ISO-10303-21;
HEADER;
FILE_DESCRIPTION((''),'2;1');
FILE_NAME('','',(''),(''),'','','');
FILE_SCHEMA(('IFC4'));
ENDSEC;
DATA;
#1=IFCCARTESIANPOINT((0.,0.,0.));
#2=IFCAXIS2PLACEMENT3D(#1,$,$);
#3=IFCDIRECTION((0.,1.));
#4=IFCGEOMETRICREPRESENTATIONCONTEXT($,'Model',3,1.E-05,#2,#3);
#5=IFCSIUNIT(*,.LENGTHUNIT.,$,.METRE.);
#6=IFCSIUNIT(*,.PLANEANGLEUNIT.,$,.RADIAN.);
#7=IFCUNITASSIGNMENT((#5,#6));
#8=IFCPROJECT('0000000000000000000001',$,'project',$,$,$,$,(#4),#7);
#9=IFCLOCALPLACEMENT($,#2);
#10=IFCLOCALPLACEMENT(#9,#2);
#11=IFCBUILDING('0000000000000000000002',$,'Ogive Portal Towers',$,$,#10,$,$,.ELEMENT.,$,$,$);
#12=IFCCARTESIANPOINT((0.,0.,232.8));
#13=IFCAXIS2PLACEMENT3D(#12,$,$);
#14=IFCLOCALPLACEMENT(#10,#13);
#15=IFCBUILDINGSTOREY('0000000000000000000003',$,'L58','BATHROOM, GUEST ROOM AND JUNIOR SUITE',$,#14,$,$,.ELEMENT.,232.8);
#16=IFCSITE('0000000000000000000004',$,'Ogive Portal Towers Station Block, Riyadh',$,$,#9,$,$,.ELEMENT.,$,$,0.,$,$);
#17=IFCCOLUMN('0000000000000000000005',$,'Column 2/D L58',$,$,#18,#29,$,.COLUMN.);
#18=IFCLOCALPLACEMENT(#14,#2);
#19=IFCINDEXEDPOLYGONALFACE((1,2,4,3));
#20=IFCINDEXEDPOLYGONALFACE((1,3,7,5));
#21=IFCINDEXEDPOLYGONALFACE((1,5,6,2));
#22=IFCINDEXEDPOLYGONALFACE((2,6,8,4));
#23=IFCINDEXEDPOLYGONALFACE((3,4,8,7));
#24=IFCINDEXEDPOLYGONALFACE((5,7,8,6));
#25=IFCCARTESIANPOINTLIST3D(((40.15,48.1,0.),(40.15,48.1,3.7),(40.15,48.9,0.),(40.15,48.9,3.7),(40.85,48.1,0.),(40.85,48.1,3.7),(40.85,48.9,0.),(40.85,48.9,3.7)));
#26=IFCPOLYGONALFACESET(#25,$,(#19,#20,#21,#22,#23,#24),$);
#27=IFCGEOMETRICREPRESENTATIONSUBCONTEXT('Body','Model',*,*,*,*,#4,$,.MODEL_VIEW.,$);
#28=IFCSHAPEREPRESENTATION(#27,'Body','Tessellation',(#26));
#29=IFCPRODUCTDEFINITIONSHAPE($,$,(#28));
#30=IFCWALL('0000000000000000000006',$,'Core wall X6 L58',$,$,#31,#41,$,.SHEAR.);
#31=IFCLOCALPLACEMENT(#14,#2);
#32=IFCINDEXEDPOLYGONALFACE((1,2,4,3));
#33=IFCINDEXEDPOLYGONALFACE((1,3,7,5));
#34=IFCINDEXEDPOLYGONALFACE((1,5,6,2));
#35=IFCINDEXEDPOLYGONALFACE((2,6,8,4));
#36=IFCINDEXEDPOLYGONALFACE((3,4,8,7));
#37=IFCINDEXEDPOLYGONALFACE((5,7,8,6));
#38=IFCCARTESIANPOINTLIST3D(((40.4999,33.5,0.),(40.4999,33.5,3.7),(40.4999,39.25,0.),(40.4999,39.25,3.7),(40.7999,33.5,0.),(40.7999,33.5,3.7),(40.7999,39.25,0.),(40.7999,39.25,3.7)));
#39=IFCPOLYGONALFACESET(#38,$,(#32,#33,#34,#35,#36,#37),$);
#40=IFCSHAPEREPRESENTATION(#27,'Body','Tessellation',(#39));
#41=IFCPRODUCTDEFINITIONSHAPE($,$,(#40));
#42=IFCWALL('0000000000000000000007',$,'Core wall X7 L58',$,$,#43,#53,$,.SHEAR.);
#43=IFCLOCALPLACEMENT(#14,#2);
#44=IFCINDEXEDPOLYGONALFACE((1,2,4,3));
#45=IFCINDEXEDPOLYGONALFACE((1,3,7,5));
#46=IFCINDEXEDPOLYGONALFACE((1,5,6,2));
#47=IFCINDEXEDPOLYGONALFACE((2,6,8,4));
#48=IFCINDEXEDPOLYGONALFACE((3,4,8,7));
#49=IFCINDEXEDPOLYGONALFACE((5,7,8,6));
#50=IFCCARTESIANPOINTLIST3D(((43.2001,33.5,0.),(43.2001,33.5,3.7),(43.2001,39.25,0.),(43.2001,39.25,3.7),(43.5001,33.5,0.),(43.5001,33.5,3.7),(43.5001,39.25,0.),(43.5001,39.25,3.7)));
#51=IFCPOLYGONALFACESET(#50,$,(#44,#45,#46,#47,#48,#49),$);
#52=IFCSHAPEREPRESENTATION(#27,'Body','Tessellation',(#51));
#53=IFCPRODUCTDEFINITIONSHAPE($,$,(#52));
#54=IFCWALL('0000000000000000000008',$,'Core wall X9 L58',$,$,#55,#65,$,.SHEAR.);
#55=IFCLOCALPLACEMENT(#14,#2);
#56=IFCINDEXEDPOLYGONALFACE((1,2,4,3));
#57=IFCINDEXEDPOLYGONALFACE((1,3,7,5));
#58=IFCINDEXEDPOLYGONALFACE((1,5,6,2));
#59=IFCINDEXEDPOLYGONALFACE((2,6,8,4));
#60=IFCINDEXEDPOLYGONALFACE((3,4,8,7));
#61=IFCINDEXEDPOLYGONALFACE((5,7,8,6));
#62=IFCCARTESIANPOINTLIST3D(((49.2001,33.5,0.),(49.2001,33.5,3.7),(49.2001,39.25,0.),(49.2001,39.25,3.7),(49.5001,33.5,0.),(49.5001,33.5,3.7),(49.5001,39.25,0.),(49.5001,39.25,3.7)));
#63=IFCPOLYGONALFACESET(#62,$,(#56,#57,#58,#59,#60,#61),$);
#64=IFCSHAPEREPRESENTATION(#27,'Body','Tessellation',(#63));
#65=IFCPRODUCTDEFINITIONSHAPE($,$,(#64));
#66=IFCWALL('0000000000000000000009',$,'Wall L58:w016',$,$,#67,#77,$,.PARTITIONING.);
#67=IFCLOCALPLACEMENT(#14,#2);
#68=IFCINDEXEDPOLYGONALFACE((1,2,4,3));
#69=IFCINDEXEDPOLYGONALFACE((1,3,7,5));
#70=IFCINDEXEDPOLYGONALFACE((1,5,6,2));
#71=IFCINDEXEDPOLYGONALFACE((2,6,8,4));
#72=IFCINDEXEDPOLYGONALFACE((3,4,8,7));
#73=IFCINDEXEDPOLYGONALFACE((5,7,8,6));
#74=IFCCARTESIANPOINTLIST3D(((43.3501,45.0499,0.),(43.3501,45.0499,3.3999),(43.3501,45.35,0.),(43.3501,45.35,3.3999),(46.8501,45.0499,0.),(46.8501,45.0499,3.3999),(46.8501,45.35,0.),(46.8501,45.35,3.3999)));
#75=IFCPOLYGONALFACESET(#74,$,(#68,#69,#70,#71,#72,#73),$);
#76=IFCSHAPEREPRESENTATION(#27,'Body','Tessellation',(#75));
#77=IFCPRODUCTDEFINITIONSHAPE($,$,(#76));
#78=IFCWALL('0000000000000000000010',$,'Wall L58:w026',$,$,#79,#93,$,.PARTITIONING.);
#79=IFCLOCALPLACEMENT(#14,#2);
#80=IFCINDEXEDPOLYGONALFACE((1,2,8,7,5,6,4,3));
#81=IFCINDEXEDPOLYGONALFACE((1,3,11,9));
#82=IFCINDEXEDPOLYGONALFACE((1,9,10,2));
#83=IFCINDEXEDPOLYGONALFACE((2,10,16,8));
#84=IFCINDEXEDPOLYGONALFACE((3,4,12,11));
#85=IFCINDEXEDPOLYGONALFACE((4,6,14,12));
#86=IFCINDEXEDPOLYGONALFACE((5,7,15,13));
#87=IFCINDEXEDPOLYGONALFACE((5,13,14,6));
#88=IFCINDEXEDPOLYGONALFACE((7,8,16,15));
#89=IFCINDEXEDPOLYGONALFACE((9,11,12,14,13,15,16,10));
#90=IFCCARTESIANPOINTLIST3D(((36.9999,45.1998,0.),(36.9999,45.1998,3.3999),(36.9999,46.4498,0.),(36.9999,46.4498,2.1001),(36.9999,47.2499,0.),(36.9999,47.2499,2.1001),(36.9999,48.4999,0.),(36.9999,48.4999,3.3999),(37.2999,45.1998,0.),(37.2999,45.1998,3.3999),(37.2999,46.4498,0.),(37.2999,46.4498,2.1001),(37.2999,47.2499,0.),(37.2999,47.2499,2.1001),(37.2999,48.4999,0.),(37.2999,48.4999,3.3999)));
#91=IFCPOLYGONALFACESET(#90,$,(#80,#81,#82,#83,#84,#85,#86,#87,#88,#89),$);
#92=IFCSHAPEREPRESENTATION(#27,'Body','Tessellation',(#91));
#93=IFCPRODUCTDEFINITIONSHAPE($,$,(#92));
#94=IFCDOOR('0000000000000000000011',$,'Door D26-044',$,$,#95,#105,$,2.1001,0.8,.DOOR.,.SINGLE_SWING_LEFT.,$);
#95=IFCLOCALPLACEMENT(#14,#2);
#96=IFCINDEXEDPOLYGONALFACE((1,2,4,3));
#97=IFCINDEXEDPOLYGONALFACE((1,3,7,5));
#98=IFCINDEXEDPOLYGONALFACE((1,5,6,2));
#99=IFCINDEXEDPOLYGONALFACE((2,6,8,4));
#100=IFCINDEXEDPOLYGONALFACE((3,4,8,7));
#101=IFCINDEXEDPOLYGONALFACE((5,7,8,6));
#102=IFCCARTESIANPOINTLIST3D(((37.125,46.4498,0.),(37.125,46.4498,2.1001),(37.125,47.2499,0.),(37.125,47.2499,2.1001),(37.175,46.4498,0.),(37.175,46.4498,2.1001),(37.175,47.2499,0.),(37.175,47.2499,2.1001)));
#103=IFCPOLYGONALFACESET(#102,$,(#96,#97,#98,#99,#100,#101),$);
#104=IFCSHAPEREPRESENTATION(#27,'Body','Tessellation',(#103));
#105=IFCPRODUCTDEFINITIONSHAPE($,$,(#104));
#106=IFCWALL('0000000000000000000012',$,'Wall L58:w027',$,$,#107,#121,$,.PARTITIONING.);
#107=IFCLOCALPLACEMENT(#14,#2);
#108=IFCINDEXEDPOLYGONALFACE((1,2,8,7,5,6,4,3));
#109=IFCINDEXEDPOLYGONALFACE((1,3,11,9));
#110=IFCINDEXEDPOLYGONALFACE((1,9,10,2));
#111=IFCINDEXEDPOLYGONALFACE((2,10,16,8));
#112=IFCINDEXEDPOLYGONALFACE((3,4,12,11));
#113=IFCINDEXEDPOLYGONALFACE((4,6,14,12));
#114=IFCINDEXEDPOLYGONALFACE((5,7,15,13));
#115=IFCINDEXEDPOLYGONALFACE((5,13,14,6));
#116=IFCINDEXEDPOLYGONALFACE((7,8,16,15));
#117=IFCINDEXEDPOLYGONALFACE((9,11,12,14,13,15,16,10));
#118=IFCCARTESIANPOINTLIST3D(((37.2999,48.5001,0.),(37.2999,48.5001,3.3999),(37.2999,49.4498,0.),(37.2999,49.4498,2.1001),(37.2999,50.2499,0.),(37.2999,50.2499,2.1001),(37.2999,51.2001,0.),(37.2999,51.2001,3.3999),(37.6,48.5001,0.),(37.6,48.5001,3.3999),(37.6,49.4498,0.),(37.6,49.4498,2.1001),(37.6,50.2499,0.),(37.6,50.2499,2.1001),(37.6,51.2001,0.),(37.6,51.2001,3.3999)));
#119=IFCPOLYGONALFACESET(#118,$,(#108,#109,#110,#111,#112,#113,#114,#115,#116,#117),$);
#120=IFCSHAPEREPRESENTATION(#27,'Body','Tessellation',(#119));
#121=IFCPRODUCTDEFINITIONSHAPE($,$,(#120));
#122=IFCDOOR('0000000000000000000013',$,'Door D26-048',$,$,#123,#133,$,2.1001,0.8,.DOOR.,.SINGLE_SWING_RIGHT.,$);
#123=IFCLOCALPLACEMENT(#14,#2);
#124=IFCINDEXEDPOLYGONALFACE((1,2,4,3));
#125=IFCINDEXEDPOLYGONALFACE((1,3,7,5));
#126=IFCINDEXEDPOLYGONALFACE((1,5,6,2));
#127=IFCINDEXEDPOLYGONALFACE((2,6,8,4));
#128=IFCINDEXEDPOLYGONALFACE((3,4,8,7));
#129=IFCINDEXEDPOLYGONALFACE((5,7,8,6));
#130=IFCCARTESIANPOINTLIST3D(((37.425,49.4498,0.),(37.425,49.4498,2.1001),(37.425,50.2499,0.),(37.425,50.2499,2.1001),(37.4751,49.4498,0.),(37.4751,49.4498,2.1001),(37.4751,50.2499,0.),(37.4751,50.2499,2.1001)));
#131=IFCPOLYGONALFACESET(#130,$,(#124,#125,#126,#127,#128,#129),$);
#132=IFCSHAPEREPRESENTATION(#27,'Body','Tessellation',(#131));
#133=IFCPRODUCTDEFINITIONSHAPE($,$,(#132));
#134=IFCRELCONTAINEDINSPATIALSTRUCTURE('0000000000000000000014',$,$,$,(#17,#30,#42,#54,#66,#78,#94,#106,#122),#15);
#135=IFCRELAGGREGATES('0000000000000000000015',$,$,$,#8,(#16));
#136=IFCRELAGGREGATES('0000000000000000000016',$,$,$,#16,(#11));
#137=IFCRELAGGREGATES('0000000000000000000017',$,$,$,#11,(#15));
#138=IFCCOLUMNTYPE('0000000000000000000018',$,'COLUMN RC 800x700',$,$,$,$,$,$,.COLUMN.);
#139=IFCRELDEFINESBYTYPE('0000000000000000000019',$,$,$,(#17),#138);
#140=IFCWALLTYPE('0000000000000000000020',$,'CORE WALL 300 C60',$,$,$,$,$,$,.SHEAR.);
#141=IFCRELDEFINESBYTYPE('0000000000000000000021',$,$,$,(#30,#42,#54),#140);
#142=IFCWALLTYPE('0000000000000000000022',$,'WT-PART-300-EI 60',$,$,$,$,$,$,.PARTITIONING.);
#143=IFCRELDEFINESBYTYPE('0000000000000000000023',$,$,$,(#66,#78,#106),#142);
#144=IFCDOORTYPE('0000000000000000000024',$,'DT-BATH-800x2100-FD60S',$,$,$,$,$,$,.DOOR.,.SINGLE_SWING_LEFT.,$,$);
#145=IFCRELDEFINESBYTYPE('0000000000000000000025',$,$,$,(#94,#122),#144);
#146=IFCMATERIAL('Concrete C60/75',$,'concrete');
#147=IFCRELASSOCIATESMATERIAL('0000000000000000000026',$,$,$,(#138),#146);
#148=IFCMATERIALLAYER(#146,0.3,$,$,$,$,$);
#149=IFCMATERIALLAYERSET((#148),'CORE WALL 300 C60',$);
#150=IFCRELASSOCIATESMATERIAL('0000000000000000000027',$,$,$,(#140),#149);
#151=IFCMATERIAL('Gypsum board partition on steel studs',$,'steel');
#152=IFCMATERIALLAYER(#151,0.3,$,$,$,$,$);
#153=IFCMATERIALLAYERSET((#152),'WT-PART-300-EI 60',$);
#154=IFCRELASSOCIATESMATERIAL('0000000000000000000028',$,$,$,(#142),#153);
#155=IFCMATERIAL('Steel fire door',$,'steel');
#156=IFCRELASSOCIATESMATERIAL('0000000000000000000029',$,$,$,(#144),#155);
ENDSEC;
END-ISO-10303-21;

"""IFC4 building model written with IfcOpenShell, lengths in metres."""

from ifc_helpers import new_model, si_unit, direction, frame, frame_2d, origin, origin_2d, place, context, subcontext, project, spatial, rectangle, extrude, material, layer, layer_set, material_profile, profile_set, type_object, element, fill, save


model = new_model("IFC4")

# Units and contexts
model_context = context("Model", 3, precision=1e-05, world=origin(), true_north=direction((0.0, 1.0)))
body_context = subcontext(model_context, "Body", "Model", "MODEL_VIEW")
ifc_project = project(units=[si_unit("LENGTHUNIT", "METRE"), si_unit("PLANEANGLEUNIT", "RADIAN")], contexts=[model_context])

# Site, building, storey
site_placement = place(None, origin())
site = spatial("IfcSite", under=ifc_project, at=site_placement, Name="Ogive Portal Towers Station Block, Riyadh", CompositionType="ELEMENT", RefElevation=0.0)
building_placement = place(site_placement, origin())
building = spatial("IfcBuilding", under=site, at=building_placement, Name="Ogive Portal Towers", CompositionType="ELEMENT")
storey_placement = place(building_placement, frame((0.0, 0.0, 232.8)))
storey = spatial("IfcBuildingStorey", under=building, at=storey_placement, Name="L58", Description="BATHROOM, GUEST ROOM AND JUNIOR SUITE", CompositionType="ELEMENT", Elevation=232.8)

# Column
ifc_material_1 = material(Name="Concrete C60/75", Category="concrete")
ifc_material_profile = material_profile(ifc_material_1, rectangle(XDim=0.8, YDim=0.7, at=origin_2d()), Name="RC 800x700")
ifc_profile_set = profile_set([ifc_material_profile], Name="Concrete C60/75")
column_type = type_object("IfcColumnType", Name="COLUMN RC 800x700", PredefinedType="COLUMN", material=ifc_profile_set)
column_placement = place(storey_placement, frame((40.5, 48.5, 0.0), z_axis=(0.0, 0.0, 1.0), x_axis=(0.0, 1.0, 0.0)))
element("IfcColumn", 1, at=column_placement, inside=storey, type_object=column_type, Name="Column 2/D L58", PredefinedType="COLUMN", context=body_context, shape_type="SweptSolid", body=[
    extrude(rectangle(XDim=0.8, YDim=0.7, at=origin_2d()), origin(), (0.0, 0.0, 1.0), 3.7),
])

# Shared definitions
ifc_layer_1 = layer(ifc_material_1, 0.3)
ifc_layer_set_1 = layer_set([ifc_layer_1], Name="CORE WALL 300 C60")
wall_type_1 = type_object("IfcWallType", Name="CORE WALL 300 C60", PredefinedType="SHEAR", material=ifc_layer_set_1)
ifc_material_2 = material(Name="Steel fire door", Category="steel")

# Walls
for number, where, z_axis, x_axis, name in (
    (2, (40.6499, 33.5, 0.0), (0.0, 0.0, 1.0), (0.0, 1.0, 0.0), "Core wall X6 L58"),
    (3, (43.3501, 33.5, 0.0), (0.0, 0.0, 1.0), (0.0, 1.0, 0.0), "Core wall X7 L58"),
    (4, (49.3501, 33.5, 0.0), (0.0, 0.0, 1.0), (0.0, 1.0, 0.0), "Core wall X9 L58"),
):
    element("IfcWall", number, at=place(storey_placement, frame(where, z_axis=z_axis, x_axis=x_axis)), inside=storey, type_object=wall_type_1, Name=name, PredefinedType="SHEAR", context=body_context, shape_type="SweptSolid", body=[
        extrude(rectangle(XDim=5.75, YDim=0.3, at=frame_2d((2.875, 0.0))), origin(), (0.0, 0.0, 1.0), 3.7),
    ])
ifc_material_3 = material(Name="Gypsum board partition on steel studs", Category="steel")
ifc_layer_2 = layer(ifc_material_3, 0.3)
ifc_layer_set_2 = layer_set([ifc_layer_2], Name="WT-PART-300-EI 60")
wall_type_2 = type_object("IfcWallType", Name="WT-PART-300-EI 60", PredefinedType="PARTITIONING", material=ifc_layer_set_2)
wall_1_placement = place(storey_placement, frame((43.3501, 45.2, 0.0), z_axis=(0.0, 0.0, 1.0), x_axis=(1.0, 0.0, 0.0)))
element("IfcWall", 5, at=wall_1_placement, inside=storey, type_object=wall_type_2, Name="Wall L58:w016", PredefinedType="PARTITIONING", context=body_context, shape_type="SweptSolid", body=[
    extrude(rectangle(XDim=3.5, YDim=0.3, at=frame_2d((1.75, 0.0))), origin(), (0.0, 0.0, 1.0), 3.3999),
])

# Walls, openings, doors
wall_2_placement = place(storey_placement, frame((37.1499, 45.2, 0.0), z_axis=(0.0, 0.0, 1.0), x_axis=(0.0, 1.0, 0.0)))
wall_2 = element("IfcWall", 6, at=wall_2_placement, inside=storey, type_object=wall_type_2, Name="Wall L58:w026", PredefinedType="PARTITIONING", context=body_context, shape_type="SweptSolid", body=[
    extrude(rectangle(XDim=3.3, YDim=0.3, at=frame_2d((1.6499, 0.0))), origin(), (0.0, 0.0, 1.0), 3.3999),
])
opening_1_placement = place(wall_2_placement, frame((1.25, 0.0, 0.0)))
opening_1 = element("IfcOpeningElement", 7, at=opening_1_placement, cuts=wall_2, PredefinedType="OPENING", context=body_context, shape_type="SweptSolid", body=[
    extrude(rectangle(XDim=0.8, YDim=2.1001, at=frame_2d((0.3999, 1.05))), frame((0.0, 0.1602, 0.0), z_axis=(0.0, -1.0, 0.0), x_axis=(1.0, 0.0, 0.0)), (0.0, 0.0, 1.0), 0.3201),
])
door_type_1 = type_object("IfcDoorType", Name="DT-BATH-800x2100-FD60S", OperationType="SINGLE_SWING_LEFT", PredefinedType="DOOR", material=ifc_material_2)
door_1_placement = place(opening_1_placement, origin())
door_1 = element("IfcDoor", 8, at=door_1_placement, inside=storey, type_object=door_type_1, Name="Door D26-044", OperationType="SINGLE_SWING_LEFT", OverallHeight=2.1001, OverallWidth=0.8, PredefinedType="DOOR", context=body_context, shape_type="SweptSolid", body=[
    extrude(rectangle(XDim=0.8, YDim=2.1001, at=frame_2d((0.3999, 1.05))), frame((0.0, 0.0249, 0.0), z_axis=(0.0, -1.0, 0.0), x_axis=(1.0, 0.0, 0.0)), (0.0, 0.0, 1.0), 0.05),
])
fill(opening_1, door_1)
wall_3_placement = place(storey_placement, frame((37.45, 48.5, 0.0), z_axis=(0.0, 0.0, 1.0), x_axis=(0.0, 1.0, 0.0)))
wall_3 = element("IfcWall", 9, at=wall_3_placement, inside=storey, type_object=wall_type_2, Name="Wall L58:w027", PredefinedType="PARTITIONING", context=body_context, shape_type="SweptSolid", body=[
    extrude(rectangle(XDim=2.7, YDim=0.3, at=frame_2d((1.3501, 0.0))), origin(), (0.0, 0.0, 1.0), 3.3999),
])
opening_2_placement = place(wall_3_placement, frame((0.95, 0.0, 0.0)))
opening_2 = element("IfcOpeningElement", 10, at=opening_2_placement, cuts=wall_3, PredefinedType="OPENING", context=body_context, shape_type="SweptSolid", body=[
    extrude(rectangle(XDim=0.8, YDim=2.1001, at=frame_2d((0.3999, 1.05))), frame((0.0, 0.1602, 0.0), z_axis=(0.0, -1.0, 0.0), x_axis=(1.0, 0.0, 0.0)), (0.0, 0.0, 1.0), 0.3201),
])
door_2_placement = place(opening_2_placement, origin())
door_2 = element("IfcDoor", 11, at=door_2_placement, inside=storey, type_object=door_type_1, Name="Door D26-048", OperationType="SINGLE_SWING_RIGHT", OverallHeight=2.1001, OverallWidth=0.8, PredefinedType="DOOR", context=body_context, shape_type="SweptSolid", body=[
    extrude(rectangle(XDim=0.8, YDim=2.1001, at=frame_2d((0.3999, 1.05))), frame((0.0, 0.0249, 0.0), z_axis=(0.0, -1.0, 0.0), x_axis=(1.0, 0.0, 0.0)), (0.0, 0.0, 1.0), 0.05),
])
fill(opening_2, door_2)

save(model, "model.ifc")
